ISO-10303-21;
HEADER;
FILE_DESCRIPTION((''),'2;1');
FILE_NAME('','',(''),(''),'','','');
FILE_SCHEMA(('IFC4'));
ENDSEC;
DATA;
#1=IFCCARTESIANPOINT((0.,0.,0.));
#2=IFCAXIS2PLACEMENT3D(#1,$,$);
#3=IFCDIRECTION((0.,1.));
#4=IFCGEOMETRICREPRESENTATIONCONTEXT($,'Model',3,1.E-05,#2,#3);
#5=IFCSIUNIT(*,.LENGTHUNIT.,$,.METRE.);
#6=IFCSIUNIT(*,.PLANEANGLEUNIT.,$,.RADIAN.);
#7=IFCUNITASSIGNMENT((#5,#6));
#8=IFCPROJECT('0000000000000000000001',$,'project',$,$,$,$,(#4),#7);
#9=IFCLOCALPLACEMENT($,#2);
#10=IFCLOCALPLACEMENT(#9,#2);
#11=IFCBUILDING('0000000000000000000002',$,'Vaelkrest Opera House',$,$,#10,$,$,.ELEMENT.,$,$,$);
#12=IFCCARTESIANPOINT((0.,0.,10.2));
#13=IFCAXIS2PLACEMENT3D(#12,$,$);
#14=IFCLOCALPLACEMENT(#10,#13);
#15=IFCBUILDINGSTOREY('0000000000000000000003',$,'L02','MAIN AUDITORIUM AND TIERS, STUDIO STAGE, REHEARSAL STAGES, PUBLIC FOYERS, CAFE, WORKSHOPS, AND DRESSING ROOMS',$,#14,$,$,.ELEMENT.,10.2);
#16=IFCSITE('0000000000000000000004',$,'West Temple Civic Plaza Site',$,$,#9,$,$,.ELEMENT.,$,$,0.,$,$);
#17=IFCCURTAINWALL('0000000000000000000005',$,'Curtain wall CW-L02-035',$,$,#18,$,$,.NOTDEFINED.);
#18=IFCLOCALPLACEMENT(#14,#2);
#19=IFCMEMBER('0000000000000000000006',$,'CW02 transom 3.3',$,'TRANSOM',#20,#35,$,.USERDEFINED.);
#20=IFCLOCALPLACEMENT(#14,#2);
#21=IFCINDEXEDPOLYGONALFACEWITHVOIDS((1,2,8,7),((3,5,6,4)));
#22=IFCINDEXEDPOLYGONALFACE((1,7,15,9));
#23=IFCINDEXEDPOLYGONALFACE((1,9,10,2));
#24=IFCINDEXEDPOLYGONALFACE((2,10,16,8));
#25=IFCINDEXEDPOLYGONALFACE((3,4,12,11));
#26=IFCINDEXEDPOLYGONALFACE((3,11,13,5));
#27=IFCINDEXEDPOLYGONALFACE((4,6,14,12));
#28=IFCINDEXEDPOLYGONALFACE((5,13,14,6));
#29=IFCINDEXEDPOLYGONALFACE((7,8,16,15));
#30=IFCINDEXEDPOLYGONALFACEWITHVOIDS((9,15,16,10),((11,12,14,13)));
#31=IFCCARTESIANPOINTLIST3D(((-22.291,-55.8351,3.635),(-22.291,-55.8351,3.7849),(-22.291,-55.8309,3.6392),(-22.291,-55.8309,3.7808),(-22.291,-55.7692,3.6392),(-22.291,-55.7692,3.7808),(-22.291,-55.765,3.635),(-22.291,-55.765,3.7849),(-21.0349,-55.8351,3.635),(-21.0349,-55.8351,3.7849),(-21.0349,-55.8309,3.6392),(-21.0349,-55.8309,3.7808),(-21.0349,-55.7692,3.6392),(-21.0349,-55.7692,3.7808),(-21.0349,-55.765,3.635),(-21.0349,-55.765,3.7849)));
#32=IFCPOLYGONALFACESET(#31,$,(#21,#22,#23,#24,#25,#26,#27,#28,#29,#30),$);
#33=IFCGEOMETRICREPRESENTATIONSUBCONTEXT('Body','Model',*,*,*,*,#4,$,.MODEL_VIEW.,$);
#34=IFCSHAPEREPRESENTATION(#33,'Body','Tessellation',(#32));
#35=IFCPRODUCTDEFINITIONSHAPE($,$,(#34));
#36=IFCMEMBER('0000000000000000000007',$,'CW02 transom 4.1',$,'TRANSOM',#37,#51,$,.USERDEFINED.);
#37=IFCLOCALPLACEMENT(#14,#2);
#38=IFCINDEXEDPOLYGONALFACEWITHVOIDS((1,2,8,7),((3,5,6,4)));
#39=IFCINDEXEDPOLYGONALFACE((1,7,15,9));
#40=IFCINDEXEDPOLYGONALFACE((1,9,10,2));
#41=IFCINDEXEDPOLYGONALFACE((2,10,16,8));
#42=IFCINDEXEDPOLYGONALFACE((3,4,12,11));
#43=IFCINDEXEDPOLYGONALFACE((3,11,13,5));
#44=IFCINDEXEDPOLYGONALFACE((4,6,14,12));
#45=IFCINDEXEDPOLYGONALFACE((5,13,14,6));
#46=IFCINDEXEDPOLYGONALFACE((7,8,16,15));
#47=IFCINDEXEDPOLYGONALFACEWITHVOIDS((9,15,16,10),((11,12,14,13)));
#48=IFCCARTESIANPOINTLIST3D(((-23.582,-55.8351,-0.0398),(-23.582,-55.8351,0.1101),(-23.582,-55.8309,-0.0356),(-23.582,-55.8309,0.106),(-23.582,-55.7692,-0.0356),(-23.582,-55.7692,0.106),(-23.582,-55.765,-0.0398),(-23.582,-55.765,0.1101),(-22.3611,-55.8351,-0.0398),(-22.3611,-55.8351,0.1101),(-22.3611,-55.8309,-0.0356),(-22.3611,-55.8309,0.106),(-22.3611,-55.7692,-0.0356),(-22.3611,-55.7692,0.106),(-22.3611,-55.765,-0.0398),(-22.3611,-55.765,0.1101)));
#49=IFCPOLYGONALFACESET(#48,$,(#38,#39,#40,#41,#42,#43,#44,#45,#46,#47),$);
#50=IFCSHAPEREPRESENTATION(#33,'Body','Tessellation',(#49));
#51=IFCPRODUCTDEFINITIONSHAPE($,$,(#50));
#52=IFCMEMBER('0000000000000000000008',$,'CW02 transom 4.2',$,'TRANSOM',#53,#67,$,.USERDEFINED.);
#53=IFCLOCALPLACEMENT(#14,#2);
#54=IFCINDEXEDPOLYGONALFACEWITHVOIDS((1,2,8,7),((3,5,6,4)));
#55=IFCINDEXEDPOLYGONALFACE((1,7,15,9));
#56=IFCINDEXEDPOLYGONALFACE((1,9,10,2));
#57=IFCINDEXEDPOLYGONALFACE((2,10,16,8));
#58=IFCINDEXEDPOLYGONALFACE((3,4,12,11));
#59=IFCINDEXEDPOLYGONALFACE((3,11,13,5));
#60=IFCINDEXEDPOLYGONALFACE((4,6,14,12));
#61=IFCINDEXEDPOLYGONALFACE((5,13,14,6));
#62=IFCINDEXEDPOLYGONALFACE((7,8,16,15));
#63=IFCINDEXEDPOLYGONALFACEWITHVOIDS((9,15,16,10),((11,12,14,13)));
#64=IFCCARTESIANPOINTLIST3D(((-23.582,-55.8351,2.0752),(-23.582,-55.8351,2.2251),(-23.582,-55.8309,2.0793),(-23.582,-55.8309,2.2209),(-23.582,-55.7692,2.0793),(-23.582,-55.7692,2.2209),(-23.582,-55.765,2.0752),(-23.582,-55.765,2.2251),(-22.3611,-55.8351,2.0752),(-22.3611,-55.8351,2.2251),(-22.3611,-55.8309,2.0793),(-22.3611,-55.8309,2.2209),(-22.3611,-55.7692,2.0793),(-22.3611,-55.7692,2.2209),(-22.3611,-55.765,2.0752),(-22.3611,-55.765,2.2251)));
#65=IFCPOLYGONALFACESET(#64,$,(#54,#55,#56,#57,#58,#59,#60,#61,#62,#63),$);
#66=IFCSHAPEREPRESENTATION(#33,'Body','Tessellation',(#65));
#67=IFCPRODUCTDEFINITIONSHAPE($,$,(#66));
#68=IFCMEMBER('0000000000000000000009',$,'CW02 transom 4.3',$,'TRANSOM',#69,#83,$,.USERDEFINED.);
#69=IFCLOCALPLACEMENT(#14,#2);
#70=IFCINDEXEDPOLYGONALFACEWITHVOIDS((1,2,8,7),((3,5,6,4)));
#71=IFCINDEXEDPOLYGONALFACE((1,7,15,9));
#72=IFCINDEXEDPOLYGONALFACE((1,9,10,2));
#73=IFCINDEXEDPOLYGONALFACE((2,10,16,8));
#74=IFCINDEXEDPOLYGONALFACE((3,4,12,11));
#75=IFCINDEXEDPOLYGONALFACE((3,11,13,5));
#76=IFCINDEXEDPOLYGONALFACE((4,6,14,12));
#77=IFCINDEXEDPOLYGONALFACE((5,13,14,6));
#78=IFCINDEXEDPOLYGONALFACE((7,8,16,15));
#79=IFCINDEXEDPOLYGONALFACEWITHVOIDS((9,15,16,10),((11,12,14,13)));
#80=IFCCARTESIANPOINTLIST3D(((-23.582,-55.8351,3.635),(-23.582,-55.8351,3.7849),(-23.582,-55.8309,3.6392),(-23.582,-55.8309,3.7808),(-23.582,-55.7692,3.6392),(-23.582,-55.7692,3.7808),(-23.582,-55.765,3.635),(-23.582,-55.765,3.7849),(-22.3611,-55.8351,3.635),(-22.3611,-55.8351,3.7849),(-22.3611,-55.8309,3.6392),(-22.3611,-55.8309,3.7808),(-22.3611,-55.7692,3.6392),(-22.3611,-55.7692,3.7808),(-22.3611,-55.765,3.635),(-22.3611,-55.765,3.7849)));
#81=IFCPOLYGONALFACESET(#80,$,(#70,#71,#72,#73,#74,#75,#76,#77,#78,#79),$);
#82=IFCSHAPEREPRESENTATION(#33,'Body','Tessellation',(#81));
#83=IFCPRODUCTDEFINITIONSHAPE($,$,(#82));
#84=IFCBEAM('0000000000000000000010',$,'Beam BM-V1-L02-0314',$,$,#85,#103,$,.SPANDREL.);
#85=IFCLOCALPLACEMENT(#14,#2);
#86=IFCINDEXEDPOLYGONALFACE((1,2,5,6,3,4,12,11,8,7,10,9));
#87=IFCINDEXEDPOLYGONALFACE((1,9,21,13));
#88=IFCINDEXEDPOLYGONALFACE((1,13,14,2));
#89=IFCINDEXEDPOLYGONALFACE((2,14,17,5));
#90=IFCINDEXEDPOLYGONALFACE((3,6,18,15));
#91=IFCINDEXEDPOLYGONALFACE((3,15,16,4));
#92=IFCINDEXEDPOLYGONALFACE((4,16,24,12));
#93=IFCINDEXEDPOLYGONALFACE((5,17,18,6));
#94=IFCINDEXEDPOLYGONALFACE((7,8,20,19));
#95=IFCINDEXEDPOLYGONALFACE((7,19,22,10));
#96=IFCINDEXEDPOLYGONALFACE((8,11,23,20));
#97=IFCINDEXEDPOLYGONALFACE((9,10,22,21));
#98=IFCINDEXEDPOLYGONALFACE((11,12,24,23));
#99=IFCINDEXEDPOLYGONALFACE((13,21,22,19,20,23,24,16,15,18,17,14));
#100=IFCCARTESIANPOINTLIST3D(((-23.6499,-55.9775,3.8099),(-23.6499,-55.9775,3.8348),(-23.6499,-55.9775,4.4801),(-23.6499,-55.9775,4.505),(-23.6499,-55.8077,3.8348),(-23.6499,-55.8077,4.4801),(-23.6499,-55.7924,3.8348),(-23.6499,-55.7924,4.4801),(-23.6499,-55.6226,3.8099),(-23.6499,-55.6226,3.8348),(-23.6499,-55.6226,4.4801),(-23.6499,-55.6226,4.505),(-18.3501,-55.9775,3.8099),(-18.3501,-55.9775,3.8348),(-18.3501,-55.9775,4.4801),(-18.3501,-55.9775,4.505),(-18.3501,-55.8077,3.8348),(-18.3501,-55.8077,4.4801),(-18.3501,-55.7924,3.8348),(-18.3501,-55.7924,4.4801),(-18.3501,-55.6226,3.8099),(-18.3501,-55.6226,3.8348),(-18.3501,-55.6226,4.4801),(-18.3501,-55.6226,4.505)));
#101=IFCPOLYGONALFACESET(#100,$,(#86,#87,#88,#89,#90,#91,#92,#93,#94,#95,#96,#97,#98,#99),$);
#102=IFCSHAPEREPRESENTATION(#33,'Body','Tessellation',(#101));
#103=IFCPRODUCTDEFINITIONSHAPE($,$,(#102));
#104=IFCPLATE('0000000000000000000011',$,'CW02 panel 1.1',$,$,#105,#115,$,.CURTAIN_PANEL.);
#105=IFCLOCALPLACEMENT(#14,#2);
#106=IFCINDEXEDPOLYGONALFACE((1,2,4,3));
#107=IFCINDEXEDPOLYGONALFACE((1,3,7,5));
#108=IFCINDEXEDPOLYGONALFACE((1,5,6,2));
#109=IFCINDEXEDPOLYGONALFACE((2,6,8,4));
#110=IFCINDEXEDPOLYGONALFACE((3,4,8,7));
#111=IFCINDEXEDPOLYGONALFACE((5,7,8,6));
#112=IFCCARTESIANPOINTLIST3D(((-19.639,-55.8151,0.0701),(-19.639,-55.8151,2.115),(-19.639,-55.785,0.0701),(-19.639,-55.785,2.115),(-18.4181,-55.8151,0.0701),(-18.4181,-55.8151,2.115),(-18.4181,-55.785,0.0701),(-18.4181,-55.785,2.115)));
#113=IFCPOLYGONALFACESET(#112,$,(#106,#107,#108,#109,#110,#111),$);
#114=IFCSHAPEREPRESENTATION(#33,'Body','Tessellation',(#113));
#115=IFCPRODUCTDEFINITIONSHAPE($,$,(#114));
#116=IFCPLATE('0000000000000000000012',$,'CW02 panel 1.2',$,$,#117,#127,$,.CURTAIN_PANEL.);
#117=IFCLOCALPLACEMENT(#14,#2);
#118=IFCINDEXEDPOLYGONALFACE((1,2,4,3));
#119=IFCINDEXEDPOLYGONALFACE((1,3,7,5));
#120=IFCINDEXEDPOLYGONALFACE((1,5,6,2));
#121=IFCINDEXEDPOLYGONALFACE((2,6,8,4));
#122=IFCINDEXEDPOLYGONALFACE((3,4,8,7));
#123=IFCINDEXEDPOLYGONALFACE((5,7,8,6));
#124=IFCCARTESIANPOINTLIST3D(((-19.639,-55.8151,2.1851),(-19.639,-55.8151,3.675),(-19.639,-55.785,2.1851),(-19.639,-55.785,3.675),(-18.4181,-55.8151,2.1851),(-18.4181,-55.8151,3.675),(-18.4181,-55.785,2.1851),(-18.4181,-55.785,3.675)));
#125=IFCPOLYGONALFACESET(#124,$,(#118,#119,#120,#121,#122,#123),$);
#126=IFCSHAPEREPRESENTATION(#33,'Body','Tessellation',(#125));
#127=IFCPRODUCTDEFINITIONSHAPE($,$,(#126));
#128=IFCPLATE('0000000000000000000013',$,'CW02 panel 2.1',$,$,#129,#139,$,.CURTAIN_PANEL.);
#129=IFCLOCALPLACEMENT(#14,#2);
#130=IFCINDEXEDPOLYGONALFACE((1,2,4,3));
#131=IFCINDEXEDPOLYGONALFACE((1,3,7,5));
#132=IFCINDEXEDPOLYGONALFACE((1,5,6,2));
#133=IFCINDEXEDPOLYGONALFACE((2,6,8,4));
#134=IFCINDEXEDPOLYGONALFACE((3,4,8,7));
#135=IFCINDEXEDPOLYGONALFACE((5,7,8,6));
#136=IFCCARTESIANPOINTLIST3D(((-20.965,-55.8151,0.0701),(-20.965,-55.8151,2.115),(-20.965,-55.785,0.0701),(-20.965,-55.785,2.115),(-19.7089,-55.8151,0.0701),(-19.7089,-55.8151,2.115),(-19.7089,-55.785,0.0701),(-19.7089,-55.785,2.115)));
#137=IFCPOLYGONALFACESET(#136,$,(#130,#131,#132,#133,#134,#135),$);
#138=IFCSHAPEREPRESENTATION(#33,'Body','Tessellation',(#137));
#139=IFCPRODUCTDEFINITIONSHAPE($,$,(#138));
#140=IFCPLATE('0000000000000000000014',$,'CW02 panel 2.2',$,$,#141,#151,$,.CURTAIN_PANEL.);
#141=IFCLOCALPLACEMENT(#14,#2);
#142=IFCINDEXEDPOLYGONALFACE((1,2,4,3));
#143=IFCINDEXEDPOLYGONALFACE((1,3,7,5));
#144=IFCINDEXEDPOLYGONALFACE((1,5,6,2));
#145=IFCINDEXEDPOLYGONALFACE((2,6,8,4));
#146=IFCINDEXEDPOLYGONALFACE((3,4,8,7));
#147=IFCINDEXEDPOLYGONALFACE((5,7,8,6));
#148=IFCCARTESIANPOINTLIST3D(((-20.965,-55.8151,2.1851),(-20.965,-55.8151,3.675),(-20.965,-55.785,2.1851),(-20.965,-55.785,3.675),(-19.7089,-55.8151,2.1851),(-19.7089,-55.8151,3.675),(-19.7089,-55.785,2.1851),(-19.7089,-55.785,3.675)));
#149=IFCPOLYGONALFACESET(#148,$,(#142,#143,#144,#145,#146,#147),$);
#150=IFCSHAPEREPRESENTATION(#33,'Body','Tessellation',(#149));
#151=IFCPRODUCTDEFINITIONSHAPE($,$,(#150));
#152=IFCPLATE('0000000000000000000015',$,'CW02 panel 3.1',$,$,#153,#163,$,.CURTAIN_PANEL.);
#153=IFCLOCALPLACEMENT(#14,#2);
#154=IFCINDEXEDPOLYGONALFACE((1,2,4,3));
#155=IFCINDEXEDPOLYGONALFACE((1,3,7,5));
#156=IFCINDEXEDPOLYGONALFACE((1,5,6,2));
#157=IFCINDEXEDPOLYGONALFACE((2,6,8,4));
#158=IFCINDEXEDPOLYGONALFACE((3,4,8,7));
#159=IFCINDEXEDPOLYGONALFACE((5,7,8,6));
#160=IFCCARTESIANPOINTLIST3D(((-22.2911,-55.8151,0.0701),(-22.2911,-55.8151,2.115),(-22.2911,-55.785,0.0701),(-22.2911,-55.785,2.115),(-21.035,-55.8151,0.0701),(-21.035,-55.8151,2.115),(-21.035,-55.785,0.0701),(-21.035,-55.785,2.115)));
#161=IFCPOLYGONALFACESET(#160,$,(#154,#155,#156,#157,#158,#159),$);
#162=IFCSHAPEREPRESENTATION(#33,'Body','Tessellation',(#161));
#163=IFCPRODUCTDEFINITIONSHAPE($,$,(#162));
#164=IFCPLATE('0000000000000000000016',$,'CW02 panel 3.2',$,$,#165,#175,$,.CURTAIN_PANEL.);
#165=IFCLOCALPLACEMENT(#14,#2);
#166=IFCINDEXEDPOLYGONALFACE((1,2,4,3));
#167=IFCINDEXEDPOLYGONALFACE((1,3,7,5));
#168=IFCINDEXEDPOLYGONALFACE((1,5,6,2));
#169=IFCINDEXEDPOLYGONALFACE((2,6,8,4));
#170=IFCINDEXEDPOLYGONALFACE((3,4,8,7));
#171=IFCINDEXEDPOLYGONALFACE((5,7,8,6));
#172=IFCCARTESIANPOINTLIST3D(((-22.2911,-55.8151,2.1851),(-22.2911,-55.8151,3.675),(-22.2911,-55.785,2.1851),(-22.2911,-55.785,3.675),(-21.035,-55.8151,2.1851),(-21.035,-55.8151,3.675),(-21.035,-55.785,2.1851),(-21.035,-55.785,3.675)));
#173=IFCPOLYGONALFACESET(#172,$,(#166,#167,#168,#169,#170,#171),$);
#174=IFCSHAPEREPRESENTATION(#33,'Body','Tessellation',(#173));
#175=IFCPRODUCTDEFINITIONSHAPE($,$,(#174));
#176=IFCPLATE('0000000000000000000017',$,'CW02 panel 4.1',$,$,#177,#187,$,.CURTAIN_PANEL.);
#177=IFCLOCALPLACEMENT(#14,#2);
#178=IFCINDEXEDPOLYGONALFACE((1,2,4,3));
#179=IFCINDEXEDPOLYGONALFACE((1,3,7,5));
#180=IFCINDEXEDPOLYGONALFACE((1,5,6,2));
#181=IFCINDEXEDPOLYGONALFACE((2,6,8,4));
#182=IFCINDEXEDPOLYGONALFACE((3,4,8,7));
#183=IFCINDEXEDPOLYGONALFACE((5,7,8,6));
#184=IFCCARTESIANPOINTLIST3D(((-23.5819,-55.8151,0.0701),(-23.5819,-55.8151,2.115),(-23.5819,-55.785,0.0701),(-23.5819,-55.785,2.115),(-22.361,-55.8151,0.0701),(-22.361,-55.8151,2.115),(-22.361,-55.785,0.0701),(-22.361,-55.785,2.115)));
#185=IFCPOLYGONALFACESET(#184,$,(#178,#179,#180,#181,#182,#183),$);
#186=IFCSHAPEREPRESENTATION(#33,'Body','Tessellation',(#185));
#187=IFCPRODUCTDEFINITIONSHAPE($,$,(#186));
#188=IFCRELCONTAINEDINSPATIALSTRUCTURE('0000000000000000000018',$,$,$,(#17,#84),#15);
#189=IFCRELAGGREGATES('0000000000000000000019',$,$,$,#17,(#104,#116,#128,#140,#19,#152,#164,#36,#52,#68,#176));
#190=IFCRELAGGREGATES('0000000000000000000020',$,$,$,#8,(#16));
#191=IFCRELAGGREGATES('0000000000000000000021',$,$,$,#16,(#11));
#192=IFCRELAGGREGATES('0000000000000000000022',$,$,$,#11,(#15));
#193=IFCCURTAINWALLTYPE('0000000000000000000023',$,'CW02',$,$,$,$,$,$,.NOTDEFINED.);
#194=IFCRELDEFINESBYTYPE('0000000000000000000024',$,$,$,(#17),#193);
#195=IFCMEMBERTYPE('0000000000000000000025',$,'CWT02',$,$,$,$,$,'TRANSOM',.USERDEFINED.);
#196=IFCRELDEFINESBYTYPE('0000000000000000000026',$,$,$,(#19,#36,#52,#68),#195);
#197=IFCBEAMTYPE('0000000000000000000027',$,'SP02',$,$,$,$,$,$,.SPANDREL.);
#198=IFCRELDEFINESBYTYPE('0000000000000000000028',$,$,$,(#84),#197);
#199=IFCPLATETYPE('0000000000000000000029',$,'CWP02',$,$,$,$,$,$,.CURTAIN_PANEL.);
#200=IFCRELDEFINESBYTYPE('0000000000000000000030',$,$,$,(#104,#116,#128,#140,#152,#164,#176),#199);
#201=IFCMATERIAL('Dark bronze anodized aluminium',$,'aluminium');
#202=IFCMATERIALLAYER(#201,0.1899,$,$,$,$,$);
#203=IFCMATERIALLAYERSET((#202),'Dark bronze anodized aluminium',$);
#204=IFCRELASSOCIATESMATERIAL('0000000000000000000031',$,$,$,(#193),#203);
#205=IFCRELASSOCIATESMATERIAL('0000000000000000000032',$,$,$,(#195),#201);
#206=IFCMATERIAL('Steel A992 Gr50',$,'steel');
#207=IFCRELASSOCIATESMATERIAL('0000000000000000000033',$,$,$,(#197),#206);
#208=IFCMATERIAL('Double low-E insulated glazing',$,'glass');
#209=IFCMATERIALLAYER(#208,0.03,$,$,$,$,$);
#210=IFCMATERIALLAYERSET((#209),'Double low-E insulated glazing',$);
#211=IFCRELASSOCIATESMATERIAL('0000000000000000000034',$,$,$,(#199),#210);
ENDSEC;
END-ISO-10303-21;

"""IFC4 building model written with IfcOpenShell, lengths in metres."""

from ifc_helpers import new_model, si_unit, direction, frame, origin, origin_2d, place, context, subcontext, project, spatial, rectangle, hollow_rectangle, i_section, extrude, material, layer, layer_set, material_profile, profile_set, type_object, element, aggregate, save


model = new_model("IFC4")

# Units and contexts
model_context = context("Model", 3, precision=1e-05, world=origin(), true_north=direction((0.0, 1.0)))
body_context = subcontext(model_context, "Body", "Model", "MODEL_VIEW")
ifc_project = project(units=[si_unit("LENGTHUNIT", "METRE"), si_unit("PLANEANGLEUNIT", "RADIAN")], contexts=[model_context])

# Site, building, storey
site_placement = place(None, origin())
site = spatial("IfcSite", under=ifc_project, at=site_placement, Name="West Temple Civic Plaza Site", CompositionType="ELEMENT", RefElevation=0.0)
building_placement = place(site_placement, origin())
building = spatial("IfcBuilding", under=site, at=building_placement, Name="Vaelkrest Opera House", CompositionType="ELEMENT")
storey_placement = place(building_placement, frame((0.0, 0.0, 10.2)))
storey = spatial("IfcBuildingStorey", under=building, at=storey_placement, Name="L02", Description="MAIN AUDITORIUM AND TIERS, STUDIO STAGE, REHEARSAL STAGES, PUBLIC FOYERS, CAFE, WORKSHOPS, AND DRESSING ROOMS", CompositionType="ELEMENT", Elevation=10.2)

# Curtain wall, members
ifc_material_1 = material(Name="Dark bronze anodized aluminium", Category="aluminium")
ifc_layer_1 = layer(ifc_material_1, 0.1899)
ifc_layer_set_1 = layer_set([ifc_layer_1], Name="Dark bronze anodized aluminium")
curtain_wall_type = type_object("IfcCurtainWallType", Name="CW02", PredefinedType="NOTDEFINED", material=ifc_layer_set_1)
curtain_wall_placement = place(storey_placement, origin())
curtain_wall = element("IfcCurtainWall", 1, at=curtain_wall_placement, inside=storey, type_object=curtain_wall_type, Name="Curtain wall CW-L02-035", PredefinedType="NOTDEFINED")
ifc_material_profile_1 = material_profile(ifc_material_1, hollow_rectangle(XDim=0.0701, YDim=0.1499, WallThickness=0.0042, at=origin_2d()), Name="CWT70X150")
ifc_profile_set_1 = profile_set([ifc_material_profile_1], Name="Dark bronze anodized aluminium")
member_type_1 = type_object("IfcMemberType", Name="CWT02", ElementType="TRANSOM", PredefinedType="USERDEFINED", material=ifc_profile_set_1)
member_1_placement = place(storey_placement, frame((-21.0349, -55.8, 3.71), z_axis=(-1.0, 0.0, 0.0), x_axis=(0.0, -1.0, 0.0)))
member_1 = element("IfcMember", 2, at=member_1_placement, type_object=member_type_1, Name="CW02 transom 3.3", ObjectType="TRANSOM", PredefinedType="USERDEFINED", context=body_context, shape_type="SweptSolid", body=[
    extrude(hollow_rectangle(XDim=0.0701, YDim=0.1499, WallThickness=0.0042, at=origin_2d()), origin(), (0.0, 0.0, 1.0), 1.2561),
])
member_2_placement = place(storey_placement, frame((-22.3611, -55.8, 0.0352), z_axis=(-1.0, 0.0, 0.0), x_axis=(0.0, -1.0, 0.0)))
member_2 = element("IfcMember", 3, at=member_2_placement, type_object=member_type_1, Name="CW02 transom 4.1", ObjectType="TRANSOM", PredefinedType="USERDEFINED", context=body_context, shape_type="SweptSolid", body=[
    extrude(hollow_rectangle(XDim=0.0701, YDim=0.1499, WallThickness=0.0042, at=origin_2d()), origin(), (0.0, 0.0, 1.0), 1.2209),
])
member_3_placement = place(storey_placement, frame((-22.3611, -55.8, 2.1501), z_axis=(-1.0, 0.0, 0.0), x_axis=(0.0, -1.0, 0.0)))
member_3 = element("IfcMember", 4, at=member_3_placement, type_object=member_type_1, Name="CW02 transom 4.2", ObjectType="TRANSOM", PredefinedType="USERDEFINED", context=body_context, shape_type="SweptSolid", body=[
    extrude(hollow_rectangle(XDim=0.0701, YDim=0.1499, WallThickness=0.0042, at=origin_2d()), origin(), (0.0, 0.0, 1.0), 1.2209),
])
member_4_placement = place(storey_placement, frame((-22.3611, -55.8, 3.71), z_axis=(-1.0, 0.0, 0.0), x_axis=(0.0, -1.0, 0.0)))
member_4 = element("IfcMember", 5, at=member_4_placement, type_object=member_type_1, Name="CW02 transom 4.3", ObjectType="TRANSOM", PredefinedType="USERDEFINED", context=body_context, shape_type="SweptSolid", body=[
    extrude(hollow_rectangle(XDim=0.0701, YDim=0.1499, WallThickness=0.0042, at=origin_2d()), origin(), (0.0, 0.0, 1.0), 1.2209),
])

# Beam
ifc_material_2 = material(Name="Steel A992 Gr50", Category="steel")
ifc_material_profile_2 = material_profile(ifc_material_2, i_section(OverallWidth=0.355, OverallDepth=0.6951, WebThickness=0.0154, FlangeThickness=0.0249, at=origin_2d()), Name="W27X146")
ifc_profile_set_2 = profile_set([ifc_material_profile_2], Name="Steel A992 Gr50")
beam_type = type_object("IfcBeamType", Name="SP02", PredefinedType="SPANDREL", material=ifc_profile_set_2)
beam_placement = place(storey_placement, frame((-23.6499, -55.8, 4.1575), z_axis=(1.0, 0.0, 0.0), x_axis=(0.0, 1.0, 0.0)))
element("IfcBeam", 6, at=beam_placement, inside=storey, type_object=beam_type, Name="Beam BM-V1-L02-0314", PredefinedType="SPANDREL", context=body_context, shape_type="SweptSolid", body=[
    extrude(i_section(OverallWidth=0.355, OverallDepth=0.6951, WebThickness=0.0154, FlangeThickness=0.0249, at=origin_2d()), origin(), (0.0, 0.0, 1.0), 5.2998),
])

# Plates
ifc_material_3 = material(Name="Double low-E insulated glazing", Category="glass")
ifc_layer_2 = layer(ifc_material_3, 0.03)
ifc_layer_set_2 = layer_set([ifc_layer_2], Name="Double low-E insulated glazing")
plate_type = type_object("IfcPlateType", Name="CWP02", PredefinedType="CURTAIN_PANEL", material=ifc_layer_set_2)
plate_1_placement = place(storey_placement, frame((-19.0286, -55.8, 0.0701), z_axis=(0.0, 0.0, 1.0), x_axis=(-1.0, 0.0, 0.0)))
plate_1 = element("IfcPlate", 7, at=plate_1_placement, type_object=plate_type, Name="CW02 panel 1.1", PredefinedType="CURTAIN_PANEL", context=body_context, shape_type="SweptSolid", body=[
    extrude(rectangle(XDim=1.2209, YDim=0.03, at=origin_2d()), origin(), (0.0, 0.0, 1.0), 2.0449),
])
plate_2_placement = place(storey_placement, frame((-19.0286, -55.8, 2.1851), z_axis=(0.0, 0.0, 1.0), x_axis=(-1.0, 0.0, 0.0)))
plate_2 = element("IfcPlate", 8, at=plate_2_placement, type_object=plate_type, Name="CW02 panel 1.2", PredefinedType="CURTAIN_PANEL", context=body_context, shape_type="SweptSolid", body=[
    extrude(rectangle(XDim=1.2209, YDim=0.03, at=origin_2d()), origin(), (0.0, 0.0, 1.0), 1.49),
])
plate_3_placement = place(storey_placement, frame((-20.3369, -55.8, 0.0701), z_axis=(0.0, 0.0, 1.0), x_axis=(-1.0, 0.0, 0.0)))
plate_3 = element("IfcPlate", 9, at=plate_3_placement, type_object=plate_type, Name="CW02 panel 2.1", PredefinedType="CURTAIN_PANEL", context=body_context, shape_type="SweptSolid", body=[
    extrude(rectangle(XDim=1.2561, YDim=0.03, at=origin_2d()), origin(), (0.0, 0.0, 1.0), 2.0449),
])
plate_4_placement = place(storey_placement, frame((-20.3369, -55.8, 2.1851), z_axis=(0.0, 0.0, 1.0), x_axis=(-1.0, 0.0, 0.0)))
plate_4 = element("IfcPlate", 10, at=plate_4_placement, type_object=plate_type, Name="CW02 panel 2.2", PredefinedType="CURTAIN_PANEL", context=body_context, shape_type="SweptSolid", body=[
    extrude(rectangle(XDim=1.2561, YDim=0.03, at=origin_2d()), origin(), (0.0, 0.0, 1.0), 1.49),
])
plate_5_placement = place(storey_placement, frame((-21.6631, -55.8, 0.0701), z_axis=(0.0, 0.0, 1.0), x_axis=(-1.0, 0.0, 0.0)))
plate_5 = element("IfcPlate", 11, at=plate_5_placement, type_object=plate_type, Name="CW02 panel 3.1", PredefinedType="CURTAIN_PANEL", context=body_context, shape_type="SweptSolid", body=[
    extrude(rectangle(XDim=1.2561, YDim=0.03, at=origin_2d()), origin(), (0.0, 0.0, 1.0), 2.0449),
])
plate_6_placement = place(storey_placement, frame((-21.6631, -55.8, 2.1851), z_axis=(0.0, 0.0, 1.0), x_axis=(-1.0, 0.0, 0.0)))
plate_6 = element("IfcPlate", 12, at=plate_6_placement, type_object=plate_type, Name="CW02 panel 3.2", PredefinedType="CURTAIN_PANEL", context=body_context, shape_type="SweptSolid", body=[
    extrude(rectangle(XDim=1.2561, YDim=0.03, at=origin_2d()), origin(), (0.0, 0.0, 1.0), 1.49),
])
plate_7_placement = place(storey_placement, frame((-22.9714, -55.8, 0.0701), z_axis=(0.0, 0.0, 1.0), x_axis=(-1.0, 0.0, 0.0)))
plate_7 = element("IfcPlate", 13, at=plate_7_placement, type_object=plate_type, Name="CW02 panel 4.1", PredefinedType="CURTAIN_PANEL", context=body_context, shape_type="SweptSolid", body=[
    extrude(rectangle(XDim=1.2209, YDim=0.03, at=origin_2d()), origin(), (0.0, 0.0, 1.0), 2.0449),
])
aggregate(curtain_wall, [plate_1, plate_2, plate_3, plate_4, member_1, plate_5, plate_6, member_2, member_3, member_4, plate_7])

save(model, "model.ifc")
